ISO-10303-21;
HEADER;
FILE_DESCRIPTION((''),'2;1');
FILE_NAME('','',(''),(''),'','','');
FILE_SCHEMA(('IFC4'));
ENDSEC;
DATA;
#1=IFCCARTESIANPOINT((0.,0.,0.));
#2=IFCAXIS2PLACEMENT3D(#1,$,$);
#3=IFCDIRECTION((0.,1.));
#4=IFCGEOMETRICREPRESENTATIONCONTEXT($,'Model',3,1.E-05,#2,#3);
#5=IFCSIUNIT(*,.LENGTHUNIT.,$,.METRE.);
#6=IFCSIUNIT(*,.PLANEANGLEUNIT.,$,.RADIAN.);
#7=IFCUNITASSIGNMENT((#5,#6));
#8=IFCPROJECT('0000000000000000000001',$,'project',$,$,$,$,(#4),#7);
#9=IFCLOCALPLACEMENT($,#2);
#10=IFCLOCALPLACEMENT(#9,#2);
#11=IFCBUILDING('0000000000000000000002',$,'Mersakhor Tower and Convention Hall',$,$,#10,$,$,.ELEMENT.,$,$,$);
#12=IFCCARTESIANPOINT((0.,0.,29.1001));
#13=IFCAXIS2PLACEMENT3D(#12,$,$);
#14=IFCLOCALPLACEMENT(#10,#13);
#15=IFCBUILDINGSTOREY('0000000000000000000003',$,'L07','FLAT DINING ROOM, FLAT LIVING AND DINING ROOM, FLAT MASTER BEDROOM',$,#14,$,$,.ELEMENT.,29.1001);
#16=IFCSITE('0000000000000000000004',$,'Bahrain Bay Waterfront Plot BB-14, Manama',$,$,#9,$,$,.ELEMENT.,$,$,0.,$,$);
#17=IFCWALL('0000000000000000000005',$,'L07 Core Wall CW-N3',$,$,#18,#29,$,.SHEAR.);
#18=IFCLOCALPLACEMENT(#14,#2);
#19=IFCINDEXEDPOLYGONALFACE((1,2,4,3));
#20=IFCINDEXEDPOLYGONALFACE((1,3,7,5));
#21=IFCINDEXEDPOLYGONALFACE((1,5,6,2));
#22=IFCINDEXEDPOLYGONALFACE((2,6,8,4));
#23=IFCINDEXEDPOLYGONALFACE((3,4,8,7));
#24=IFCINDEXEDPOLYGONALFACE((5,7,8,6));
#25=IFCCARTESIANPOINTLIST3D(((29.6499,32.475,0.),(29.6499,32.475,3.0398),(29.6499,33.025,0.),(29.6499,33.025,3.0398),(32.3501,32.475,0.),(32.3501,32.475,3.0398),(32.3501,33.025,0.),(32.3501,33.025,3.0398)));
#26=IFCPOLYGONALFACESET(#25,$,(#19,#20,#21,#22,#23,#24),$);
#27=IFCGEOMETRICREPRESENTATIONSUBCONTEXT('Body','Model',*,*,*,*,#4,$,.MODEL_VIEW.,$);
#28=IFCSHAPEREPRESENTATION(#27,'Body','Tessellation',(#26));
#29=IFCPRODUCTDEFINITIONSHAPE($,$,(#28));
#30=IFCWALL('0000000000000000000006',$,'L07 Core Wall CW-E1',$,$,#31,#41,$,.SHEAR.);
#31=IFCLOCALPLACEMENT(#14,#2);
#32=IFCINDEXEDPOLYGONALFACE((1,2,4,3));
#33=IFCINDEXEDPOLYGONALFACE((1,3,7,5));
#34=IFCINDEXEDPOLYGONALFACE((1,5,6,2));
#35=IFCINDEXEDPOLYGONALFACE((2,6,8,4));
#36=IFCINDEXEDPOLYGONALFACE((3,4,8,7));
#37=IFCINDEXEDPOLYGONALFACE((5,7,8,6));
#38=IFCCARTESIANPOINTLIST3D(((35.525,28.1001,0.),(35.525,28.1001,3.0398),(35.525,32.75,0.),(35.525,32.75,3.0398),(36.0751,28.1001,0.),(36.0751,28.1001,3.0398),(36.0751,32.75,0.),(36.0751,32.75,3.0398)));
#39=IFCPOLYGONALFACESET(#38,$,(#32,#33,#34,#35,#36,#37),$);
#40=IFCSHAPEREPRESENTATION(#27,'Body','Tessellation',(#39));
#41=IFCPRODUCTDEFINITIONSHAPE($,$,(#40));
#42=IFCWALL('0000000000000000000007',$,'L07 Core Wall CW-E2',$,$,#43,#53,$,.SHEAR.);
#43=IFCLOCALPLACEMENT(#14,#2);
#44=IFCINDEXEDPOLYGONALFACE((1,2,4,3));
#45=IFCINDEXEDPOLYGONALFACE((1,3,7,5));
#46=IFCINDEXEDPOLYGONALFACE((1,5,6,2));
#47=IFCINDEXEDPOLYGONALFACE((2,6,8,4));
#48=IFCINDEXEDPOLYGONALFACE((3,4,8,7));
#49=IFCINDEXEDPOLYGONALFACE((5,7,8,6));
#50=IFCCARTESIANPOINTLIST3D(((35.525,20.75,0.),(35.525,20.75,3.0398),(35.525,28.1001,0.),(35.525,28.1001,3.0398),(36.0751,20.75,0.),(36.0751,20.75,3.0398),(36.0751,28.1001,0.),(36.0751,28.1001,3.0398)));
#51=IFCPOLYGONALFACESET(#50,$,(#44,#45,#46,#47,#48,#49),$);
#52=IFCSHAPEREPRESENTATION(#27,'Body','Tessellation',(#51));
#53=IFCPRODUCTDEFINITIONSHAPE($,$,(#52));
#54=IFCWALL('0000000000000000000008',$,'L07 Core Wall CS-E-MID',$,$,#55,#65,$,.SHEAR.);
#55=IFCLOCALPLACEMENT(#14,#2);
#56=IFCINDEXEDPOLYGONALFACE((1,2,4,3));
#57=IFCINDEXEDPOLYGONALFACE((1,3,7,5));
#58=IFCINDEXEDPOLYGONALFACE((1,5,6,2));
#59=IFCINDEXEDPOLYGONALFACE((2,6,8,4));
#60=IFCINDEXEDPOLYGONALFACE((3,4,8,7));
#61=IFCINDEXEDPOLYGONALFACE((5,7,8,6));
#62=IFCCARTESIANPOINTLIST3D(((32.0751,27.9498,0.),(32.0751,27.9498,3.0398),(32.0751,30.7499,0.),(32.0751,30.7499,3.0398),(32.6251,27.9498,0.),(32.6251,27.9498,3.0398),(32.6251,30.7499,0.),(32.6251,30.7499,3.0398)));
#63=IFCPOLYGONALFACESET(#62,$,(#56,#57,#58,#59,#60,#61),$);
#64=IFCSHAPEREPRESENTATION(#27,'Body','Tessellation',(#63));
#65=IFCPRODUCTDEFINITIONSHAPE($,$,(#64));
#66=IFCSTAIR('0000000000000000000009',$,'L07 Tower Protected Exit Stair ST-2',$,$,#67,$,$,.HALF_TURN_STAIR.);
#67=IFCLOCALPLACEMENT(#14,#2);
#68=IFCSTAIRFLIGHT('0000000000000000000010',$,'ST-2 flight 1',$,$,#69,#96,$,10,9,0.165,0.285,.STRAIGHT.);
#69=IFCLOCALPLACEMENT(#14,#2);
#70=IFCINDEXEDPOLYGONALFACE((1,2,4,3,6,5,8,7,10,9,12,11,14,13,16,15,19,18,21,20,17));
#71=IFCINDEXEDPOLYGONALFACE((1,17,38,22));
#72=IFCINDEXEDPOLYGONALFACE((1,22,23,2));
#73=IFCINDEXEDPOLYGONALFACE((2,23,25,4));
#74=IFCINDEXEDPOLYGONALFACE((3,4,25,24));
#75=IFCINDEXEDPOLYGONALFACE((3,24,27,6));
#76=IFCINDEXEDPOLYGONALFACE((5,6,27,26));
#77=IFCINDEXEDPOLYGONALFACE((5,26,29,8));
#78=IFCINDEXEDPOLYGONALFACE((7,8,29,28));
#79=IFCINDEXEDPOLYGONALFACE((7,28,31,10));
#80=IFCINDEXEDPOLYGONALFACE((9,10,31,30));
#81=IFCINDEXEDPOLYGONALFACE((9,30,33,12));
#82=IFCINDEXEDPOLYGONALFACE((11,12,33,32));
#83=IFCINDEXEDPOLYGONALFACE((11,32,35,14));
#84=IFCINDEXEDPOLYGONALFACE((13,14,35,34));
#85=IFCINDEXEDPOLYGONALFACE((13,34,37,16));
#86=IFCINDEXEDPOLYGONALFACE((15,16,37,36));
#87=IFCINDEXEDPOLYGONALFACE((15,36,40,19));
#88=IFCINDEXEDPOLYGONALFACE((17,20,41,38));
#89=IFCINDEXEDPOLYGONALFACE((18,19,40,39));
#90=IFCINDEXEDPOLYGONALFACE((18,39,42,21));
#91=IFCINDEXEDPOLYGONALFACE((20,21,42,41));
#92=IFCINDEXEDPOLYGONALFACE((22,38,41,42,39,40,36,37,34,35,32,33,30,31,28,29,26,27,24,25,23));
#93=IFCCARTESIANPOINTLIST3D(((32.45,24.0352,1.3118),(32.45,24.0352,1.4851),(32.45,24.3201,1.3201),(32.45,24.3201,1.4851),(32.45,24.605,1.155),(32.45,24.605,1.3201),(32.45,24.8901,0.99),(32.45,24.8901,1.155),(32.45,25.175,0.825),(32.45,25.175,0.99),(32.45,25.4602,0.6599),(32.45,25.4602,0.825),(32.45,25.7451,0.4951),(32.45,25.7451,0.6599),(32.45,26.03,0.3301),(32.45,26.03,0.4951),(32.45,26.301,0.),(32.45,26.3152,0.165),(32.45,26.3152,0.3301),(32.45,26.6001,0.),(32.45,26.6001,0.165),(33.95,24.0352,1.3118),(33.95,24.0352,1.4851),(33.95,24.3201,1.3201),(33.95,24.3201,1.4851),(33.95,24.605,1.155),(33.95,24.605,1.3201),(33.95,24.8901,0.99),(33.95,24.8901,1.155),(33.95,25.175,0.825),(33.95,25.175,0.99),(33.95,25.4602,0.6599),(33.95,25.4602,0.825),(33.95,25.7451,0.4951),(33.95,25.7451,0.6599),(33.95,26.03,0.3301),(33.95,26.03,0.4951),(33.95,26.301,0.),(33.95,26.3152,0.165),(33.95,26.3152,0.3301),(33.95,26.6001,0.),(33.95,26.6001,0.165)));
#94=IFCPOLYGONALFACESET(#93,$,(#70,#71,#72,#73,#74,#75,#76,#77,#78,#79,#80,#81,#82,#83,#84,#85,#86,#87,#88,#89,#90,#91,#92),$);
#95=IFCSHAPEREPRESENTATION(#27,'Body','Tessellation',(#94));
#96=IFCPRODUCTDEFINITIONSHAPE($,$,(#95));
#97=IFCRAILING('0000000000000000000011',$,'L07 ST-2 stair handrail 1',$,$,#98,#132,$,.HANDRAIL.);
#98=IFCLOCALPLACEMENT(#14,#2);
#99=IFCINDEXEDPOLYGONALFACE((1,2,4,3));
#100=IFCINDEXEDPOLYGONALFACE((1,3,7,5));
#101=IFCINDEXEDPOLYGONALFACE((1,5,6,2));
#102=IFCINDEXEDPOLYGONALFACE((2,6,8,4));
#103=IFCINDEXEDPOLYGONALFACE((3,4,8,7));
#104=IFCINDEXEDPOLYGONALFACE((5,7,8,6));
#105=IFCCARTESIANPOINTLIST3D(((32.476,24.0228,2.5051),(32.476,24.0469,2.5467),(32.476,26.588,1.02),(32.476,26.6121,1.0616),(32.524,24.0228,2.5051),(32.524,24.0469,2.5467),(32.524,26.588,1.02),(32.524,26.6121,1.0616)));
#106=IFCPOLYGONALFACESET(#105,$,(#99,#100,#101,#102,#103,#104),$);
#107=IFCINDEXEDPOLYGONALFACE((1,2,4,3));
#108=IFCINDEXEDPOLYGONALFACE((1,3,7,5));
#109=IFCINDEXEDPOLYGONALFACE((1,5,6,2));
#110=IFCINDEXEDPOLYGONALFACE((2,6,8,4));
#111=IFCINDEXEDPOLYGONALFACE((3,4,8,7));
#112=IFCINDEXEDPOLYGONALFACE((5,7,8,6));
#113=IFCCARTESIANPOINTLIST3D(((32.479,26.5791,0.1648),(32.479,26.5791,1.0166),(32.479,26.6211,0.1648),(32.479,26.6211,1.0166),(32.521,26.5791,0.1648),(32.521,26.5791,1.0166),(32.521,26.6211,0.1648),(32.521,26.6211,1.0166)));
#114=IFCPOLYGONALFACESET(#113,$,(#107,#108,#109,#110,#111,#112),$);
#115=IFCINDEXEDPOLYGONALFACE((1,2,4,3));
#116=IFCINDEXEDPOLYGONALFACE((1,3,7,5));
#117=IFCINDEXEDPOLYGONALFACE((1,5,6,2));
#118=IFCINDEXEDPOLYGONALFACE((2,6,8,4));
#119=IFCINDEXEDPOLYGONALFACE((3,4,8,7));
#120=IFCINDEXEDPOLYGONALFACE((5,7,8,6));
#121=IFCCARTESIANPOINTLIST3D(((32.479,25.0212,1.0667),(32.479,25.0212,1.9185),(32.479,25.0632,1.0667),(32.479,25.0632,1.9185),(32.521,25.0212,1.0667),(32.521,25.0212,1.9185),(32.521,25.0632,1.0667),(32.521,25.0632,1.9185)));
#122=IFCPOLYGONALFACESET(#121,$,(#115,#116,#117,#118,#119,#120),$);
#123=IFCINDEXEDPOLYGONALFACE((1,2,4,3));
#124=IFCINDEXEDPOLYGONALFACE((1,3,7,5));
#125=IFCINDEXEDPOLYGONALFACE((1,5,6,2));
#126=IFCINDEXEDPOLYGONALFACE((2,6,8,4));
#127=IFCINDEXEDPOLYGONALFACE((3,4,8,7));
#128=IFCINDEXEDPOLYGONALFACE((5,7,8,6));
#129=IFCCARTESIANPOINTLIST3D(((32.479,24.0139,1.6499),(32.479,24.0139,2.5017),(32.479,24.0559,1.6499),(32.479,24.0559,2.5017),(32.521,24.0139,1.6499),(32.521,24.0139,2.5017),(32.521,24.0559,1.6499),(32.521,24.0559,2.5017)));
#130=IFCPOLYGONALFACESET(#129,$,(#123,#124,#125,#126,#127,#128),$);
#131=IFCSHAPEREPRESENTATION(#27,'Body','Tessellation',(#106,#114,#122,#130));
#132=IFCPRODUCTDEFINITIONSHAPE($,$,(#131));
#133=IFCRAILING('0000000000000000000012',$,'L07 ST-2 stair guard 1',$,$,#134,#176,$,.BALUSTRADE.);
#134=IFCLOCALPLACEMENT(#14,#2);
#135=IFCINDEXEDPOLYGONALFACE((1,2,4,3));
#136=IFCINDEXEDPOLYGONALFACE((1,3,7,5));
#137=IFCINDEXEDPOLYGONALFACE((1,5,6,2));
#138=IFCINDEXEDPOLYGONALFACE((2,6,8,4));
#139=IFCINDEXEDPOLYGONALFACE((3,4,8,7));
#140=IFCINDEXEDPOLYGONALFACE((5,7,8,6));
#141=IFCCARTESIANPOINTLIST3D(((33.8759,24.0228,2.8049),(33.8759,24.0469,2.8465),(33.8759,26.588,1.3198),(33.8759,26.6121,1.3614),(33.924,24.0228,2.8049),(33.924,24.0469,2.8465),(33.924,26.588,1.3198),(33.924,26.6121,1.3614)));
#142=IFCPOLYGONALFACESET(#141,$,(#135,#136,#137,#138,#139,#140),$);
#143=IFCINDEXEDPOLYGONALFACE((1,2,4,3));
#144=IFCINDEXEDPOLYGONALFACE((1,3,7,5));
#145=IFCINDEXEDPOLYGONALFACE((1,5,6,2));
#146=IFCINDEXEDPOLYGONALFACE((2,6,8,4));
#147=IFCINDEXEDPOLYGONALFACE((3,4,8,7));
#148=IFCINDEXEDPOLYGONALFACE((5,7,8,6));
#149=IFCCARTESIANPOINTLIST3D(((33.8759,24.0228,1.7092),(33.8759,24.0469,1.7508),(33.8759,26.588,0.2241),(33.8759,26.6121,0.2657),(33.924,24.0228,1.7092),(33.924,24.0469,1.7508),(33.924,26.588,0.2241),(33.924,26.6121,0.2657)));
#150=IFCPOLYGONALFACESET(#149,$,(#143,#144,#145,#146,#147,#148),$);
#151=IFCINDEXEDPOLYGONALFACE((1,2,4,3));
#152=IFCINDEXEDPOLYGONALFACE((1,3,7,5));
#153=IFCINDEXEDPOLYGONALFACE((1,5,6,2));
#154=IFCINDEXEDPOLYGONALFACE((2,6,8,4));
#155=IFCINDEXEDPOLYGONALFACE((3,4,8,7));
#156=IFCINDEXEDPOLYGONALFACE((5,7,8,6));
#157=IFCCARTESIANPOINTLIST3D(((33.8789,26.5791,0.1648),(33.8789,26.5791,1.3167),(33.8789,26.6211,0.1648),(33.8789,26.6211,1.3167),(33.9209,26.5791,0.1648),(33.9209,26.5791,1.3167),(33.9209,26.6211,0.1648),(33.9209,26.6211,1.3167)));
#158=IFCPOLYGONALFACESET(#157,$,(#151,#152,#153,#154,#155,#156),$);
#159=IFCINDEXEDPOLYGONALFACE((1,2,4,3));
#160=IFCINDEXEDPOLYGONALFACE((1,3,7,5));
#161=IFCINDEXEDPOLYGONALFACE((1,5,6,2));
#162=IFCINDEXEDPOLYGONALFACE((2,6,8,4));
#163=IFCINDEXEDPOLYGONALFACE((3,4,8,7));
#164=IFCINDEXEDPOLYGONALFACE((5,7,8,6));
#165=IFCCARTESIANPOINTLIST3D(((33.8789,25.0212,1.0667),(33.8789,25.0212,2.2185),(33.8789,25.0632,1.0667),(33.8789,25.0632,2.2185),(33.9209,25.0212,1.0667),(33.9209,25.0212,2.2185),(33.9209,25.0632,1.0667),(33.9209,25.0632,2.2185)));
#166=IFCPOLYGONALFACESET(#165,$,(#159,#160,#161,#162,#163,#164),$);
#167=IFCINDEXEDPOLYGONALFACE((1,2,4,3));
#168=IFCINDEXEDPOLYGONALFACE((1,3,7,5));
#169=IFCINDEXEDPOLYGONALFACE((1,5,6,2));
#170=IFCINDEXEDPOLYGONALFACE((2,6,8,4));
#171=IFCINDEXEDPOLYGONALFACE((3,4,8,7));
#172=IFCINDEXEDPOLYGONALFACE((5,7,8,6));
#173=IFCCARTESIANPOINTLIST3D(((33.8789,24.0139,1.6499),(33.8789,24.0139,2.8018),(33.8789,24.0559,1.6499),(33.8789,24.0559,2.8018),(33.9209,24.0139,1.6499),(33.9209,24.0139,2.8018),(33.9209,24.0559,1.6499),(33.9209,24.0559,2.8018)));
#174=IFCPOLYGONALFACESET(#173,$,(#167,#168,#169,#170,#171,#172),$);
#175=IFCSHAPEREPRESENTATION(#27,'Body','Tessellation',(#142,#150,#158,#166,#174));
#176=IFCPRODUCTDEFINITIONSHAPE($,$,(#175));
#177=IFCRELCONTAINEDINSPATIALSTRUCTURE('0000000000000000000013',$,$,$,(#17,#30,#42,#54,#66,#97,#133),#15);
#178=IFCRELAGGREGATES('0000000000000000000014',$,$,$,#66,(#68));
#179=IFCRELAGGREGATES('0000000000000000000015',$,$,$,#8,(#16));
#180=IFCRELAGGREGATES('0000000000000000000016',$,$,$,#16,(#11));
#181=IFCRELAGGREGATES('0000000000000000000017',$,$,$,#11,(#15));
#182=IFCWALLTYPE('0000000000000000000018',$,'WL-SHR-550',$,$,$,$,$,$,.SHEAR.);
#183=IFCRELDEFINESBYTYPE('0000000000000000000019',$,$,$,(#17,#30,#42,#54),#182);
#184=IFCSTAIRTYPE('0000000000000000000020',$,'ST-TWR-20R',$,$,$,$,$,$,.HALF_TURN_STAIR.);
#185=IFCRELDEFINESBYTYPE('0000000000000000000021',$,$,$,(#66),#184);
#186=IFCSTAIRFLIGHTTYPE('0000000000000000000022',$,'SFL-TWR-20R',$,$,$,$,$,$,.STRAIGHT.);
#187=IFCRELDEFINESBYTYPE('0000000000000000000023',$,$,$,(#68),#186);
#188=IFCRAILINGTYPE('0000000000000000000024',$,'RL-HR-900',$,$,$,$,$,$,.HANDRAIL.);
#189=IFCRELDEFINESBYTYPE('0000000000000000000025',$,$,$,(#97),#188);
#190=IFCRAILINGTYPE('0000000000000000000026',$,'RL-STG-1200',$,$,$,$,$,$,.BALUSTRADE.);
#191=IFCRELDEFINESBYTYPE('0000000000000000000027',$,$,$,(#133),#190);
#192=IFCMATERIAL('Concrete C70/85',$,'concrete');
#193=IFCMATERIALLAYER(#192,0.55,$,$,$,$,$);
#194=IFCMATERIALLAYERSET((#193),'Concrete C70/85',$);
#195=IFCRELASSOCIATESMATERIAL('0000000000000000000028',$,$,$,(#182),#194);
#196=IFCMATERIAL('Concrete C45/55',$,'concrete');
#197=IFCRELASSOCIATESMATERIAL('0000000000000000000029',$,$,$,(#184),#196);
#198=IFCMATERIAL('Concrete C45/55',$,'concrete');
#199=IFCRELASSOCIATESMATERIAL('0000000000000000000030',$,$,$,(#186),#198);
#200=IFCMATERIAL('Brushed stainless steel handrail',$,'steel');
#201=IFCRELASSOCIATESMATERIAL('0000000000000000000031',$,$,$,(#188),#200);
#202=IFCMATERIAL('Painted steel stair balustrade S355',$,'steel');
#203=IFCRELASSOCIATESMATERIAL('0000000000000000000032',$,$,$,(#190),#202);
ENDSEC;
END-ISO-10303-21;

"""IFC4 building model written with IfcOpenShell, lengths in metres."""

from ifc_helpers import new_model, si_unit, direction, frame, frame_2d, origin, origin_2d, place, context, subcontext, project, spatial, polyline, rectangle, outline, extrude, material, layer, layer_set, type_object, element, aggregate, save


model = new_model("IFC4")

# Units and contexts
model_context = context("Model", 3, precision=1e-05, world=origin(), true_north=direction((0.0, 1.0)))
body_context = subcontext(model_context, "Body", "Model", "MODEL_VIEW")
ifc_project = project(units=[si_unit("LENGTHUNIT", "METRE"), si_unit("PLANEANGLEUNIT", "RADIAN")], contexts=[model_context])

# Site, building, storey
site_placement = place(None, origin())
site = spatial("IfcSite", under=ifc_project, at=site_placement, Name="Bahrain Bay Waterfront Plot BB-14, Manama", CompositionType="ELEMENT", RefElevation=0.0)
building_placement = place(site_placement, origin())
building = spatial("IfcBuilding", under=site, at=building_placement, Name="Mersakhor Tower and Convention Hall", CompositionType="ELEMENT")
storey_placement = place(building_placement, frame((0.0, 0.0, 29.1001)))
storey = spatial("IfcBuildingStorey", under=building, at=storey_placement, Name="L07", Description="FLAT DINING ROOM, FLAT LIVING AND DINING ROOM, FLAT MASTER BEDROOM", CompositionType="ELEMENT", Elevation=29.1001)

# Wall
ifc_material_1 = material(Name="Concrete C70/85", Category="concrete")
ifc_layer_1 = layer(ifc_material_1, 0.55)
ifc_layer_set_1 = layer_set([ifc_layer_1], Name="Concrete C70/85")
wall_type_1 = type_object("IfcWallType", Name="WL-SHR-550", PredefinedType="SHEAR", material=ifc_layer_set_1)
wall_1_placement = place(storey_placement, frame((29.6499, 32.75, 0.0), z_axis=(0.0, 0.0, 1.0), x_axis=(1.0, 0.0, 0.0)))
element("IfcWall", 1, at=wall_1_placement, inside=storey, type_object=wall_type_1, Name="L07 Core Wall CW-N3", PredefinedType="SHEAR", context=body_context, shape_type="SweptSolid", body=[
    extrude(rectangle(XDim=2.7002, YDim=0.55, at=frame_2d((1.3501, 0.0))), origin(), (0.0, 0.0, 1.0), 3.0398),
])

# Walls
wall_2_placement = place(storey_placement, frame((35.8, 32.75, 0.0), z_axis=(0.0, 0.0, 1.0), x_axis=(0.0, -1.0, 0.0)))
element("IfcWall", 2, at=wall_2_placement, inside=storey, type_object=wall_type_1, Name="L07 Core Wall CW-E1", PredefinedType="SHEAR", context=body_context, shape_type="SweptSolid", body=[
    extrude(rectangle(XDim=4.6499, YDim=0.55, at=frame_2d((2.325, 0.0))), origin(), (0.0, 0.0, 1.0), 3.0398),
])
wall_3_placement = place(storey_placement, frame((35.8, 28.1001, 0.0), z_axis=(0.0, 0.0, 1.0), x_axis=(0.0, -1.0, 0.0)))
element("IfcWall", 3, at=wall_3_placement, inside=storey, type_object=wall_type_1, Name="L07 Core Wall CW-E2", PredefinedType="SHEAR", context=body_context, shape_type="SweptSolid", body=[
    extrude(rectangle(XDim=7.3501, YDim=0.55, at=frame_2d((3.675, 0.0))), origin(), (0.0, 0.0, 1.0), 3.0398),
])
wall_4_placement = place(storey_placement, frame((32.3501, 27.95, 0.0), z_axis=(0.0, 0.0, 1.0), x_axis=(0.0, 1.0, 0.0)))
element("IfcWall", 4, at=wall_4_placement, inside=storey, type_object=wall_type_1, Name="L07 Core Wall CS-E-MID", PredefinedType="SHEAR", context=body_context, shape_type="SweptSolid", body=[
    extrude(rectangle(XDim=2.8, YDim=0.55, at=frame_2d((1.3999, 0.0))), origin(), (0.0, 0.0, 1.0), 3.0398),
])

# Stair, stair flight
ifc_material_2 = material(Name="Concrete C45/55", Category="concrete")
stair_type = type_object("IfcStairType", Name="ST-TWR-20R", PredefinedType="HALF_TURN_STAIR", material=ifc_material_2)
stair_placement = place(storey_placement, origin())
stair = element("IfcStair", 5, at=stair_placement, inside=storey, type_object=stair_type, Name="L07 Tower Protected Exit Stair ST-2", PredefinedType="HALF_TURN_STAIR")
ifc_material_3 = material(Name="Concrete C45/55", Category="concrete")
stair_flight_type = type_object("IfcStairFlightType", Name="SFL-TWR-20R", PredefinedType="STRAIGHT", material=ifc_material_3)
stair_flight_placement = place(storey_placement, frame((33.2, 26.6001, 0.0), z_axis=(0.0, 0.0, 1.0), x_axis=(0.0, -1.0, 0.0)))
stair_flight = element("IfcStairFlight", 6, at=stair_flight_placement, type_object=stair_flight_type, Name="ST-2 flight 1", NumberOfRisers=10, NumberOfTreads=9, PredefinedType="STRAIGHT", RiserHeight=0.165, TreadLength=0.285, context=body_context, shape_type="SweptSolid", body=[
    extrude(outline(polyline([(0.0, 0.0), (0.0, 0.165), (0.2849, 0.165), (0.2849, 0.3301), (0.5701, 0.3301), (0.5701, 0.4951), (0.855, 0.4951), (0.855, 0.6599), (1.1399, 0.6599), (1.1399, 0.825), (1.425, 0.825), (1.425, 0.99), (1.71, 0.99), (1.71, 1.155), (1.9951, 1.155), (1.9951, 1.3201), (2.28, 1.3201), (2.28, 1.4851), (2.5649, 1.4851), (2.5649, 1.6499), (2.5649, 1.3118), (0.2991, 0.0), (0.0, 0.0)])), frame((0.0, 0.75, 0.0), z_axis=(0.0, -1.0, 0.0), x_axis=(1.0, 0.0, 0.0)), (0.0, 0.0, 1.0), 1.5),
])
aggregate(stair, [stair_flight])

# Railings
ifc_material_4 = material(Name="Brushed stainless steel handrail", Category="steel")
railing_type_1 = type_object("IfcRailingType", Name="RL-HR-900", PredefinedType="HANDRAIL", material=ifc_material_4)
railing_1_placement = place(storey_placement, frame((32.5, 26.6001, 0.1648)))
element("IfcRailing", 7, at=railing_1_placement, inside=storey, type_object=railing_type_1, Name="L07 ST-2 stair handrail 1", PredefinedType="HANDRAIL", context=body_context, shape_type="SweptSolid", body=[
    extrude(rectangle(XDim=0.0481, YDim=0.0481, at=origin_2d()), frame((0.0, 0.0, 0.876), z_axis=(0.0, -0.865426, 0.501036), x_axis=(1.0, 0.0, 0.0)), (0.0, 0.0, 1.0), 2.9641),
    extrude(rectangle(XDim=0.042, YDim=0.042, at=origin_2d()), origin(), (0.0, 0.0, 1.0), 0.8518),
    extrude(rectangle(XDim=0.042, YDim=0.042, at=origin_2d()), frame((0.0, -1.5579, 0.9019)), (0.0, 0.0, 1.0), 0.8518),
    extrude(rectangle(XDim=0.042, YDim=0.042, at=origin_2d()), frame((0.0, -2.5652, 1.4851)), (0.0, 0.0, 1.0), 0.8518),
])
ifc_material_5 = material(Name="Painted steel stair balustrade S355", Category="steel")
railing_type_2 = type_object("IfcRailingType", Name="RL-STG-1200", PredefinedType="BALUSTRADE", material=ifc_material_5)
railing_2_placement = place(storey_placement, frame((33.8999, 26.6001, 0.1648)))
element("IfcRailing", 8, at=railing_2_placement, inside=storey, type_object=railing_type_2, Name="L07 ST-2 stair guard 1", PredefinedType="BALUSTRADE", context=body_context, shape_type="SweptSolid", body=[
    extrude(rectangle(XDim=0.0481, YDim=0.0481, at=origin_2d()), frame((0.0, 0.0, 1.1758), z_axis=(0.0, -0.865426, 0.501036), x_axis=(1.0, 0.0, 0.0)), (0.0, 0.0, 1.0), 2.9641),
    extrude(rectangle(XDim=0.0481, YDim=0.0481, at=origin_2d()), frame((0.0, 0.0, 0.0801), z_axis=(0.0, -0.865426, 0.501036), x_axis=(1.0, 0.0, 0.0)), (0.0, 0.0, 1.0), 2.9641),
    extrude(rectangle(XDim=0.042, YDim=0.042, at=origin_2d()), origin(), (0.0, 0.0, 1.0), 1.1519),
    extrude(rectangle(XDim=0.042, YDim=0.042, at=origin_2d()), frame((0.0, -1.5579, 0.9019)), (0.0, 0.0, 1.0), 1.1519),
    extrude(rectangle(XDim=0.042, YDim=0.042, at=origin_2d()), frame((0.0, -2.5652, 1.4851)), (0.0, 0.0, 1.0), 1.1519),
])

save(model, "model.ifc")
